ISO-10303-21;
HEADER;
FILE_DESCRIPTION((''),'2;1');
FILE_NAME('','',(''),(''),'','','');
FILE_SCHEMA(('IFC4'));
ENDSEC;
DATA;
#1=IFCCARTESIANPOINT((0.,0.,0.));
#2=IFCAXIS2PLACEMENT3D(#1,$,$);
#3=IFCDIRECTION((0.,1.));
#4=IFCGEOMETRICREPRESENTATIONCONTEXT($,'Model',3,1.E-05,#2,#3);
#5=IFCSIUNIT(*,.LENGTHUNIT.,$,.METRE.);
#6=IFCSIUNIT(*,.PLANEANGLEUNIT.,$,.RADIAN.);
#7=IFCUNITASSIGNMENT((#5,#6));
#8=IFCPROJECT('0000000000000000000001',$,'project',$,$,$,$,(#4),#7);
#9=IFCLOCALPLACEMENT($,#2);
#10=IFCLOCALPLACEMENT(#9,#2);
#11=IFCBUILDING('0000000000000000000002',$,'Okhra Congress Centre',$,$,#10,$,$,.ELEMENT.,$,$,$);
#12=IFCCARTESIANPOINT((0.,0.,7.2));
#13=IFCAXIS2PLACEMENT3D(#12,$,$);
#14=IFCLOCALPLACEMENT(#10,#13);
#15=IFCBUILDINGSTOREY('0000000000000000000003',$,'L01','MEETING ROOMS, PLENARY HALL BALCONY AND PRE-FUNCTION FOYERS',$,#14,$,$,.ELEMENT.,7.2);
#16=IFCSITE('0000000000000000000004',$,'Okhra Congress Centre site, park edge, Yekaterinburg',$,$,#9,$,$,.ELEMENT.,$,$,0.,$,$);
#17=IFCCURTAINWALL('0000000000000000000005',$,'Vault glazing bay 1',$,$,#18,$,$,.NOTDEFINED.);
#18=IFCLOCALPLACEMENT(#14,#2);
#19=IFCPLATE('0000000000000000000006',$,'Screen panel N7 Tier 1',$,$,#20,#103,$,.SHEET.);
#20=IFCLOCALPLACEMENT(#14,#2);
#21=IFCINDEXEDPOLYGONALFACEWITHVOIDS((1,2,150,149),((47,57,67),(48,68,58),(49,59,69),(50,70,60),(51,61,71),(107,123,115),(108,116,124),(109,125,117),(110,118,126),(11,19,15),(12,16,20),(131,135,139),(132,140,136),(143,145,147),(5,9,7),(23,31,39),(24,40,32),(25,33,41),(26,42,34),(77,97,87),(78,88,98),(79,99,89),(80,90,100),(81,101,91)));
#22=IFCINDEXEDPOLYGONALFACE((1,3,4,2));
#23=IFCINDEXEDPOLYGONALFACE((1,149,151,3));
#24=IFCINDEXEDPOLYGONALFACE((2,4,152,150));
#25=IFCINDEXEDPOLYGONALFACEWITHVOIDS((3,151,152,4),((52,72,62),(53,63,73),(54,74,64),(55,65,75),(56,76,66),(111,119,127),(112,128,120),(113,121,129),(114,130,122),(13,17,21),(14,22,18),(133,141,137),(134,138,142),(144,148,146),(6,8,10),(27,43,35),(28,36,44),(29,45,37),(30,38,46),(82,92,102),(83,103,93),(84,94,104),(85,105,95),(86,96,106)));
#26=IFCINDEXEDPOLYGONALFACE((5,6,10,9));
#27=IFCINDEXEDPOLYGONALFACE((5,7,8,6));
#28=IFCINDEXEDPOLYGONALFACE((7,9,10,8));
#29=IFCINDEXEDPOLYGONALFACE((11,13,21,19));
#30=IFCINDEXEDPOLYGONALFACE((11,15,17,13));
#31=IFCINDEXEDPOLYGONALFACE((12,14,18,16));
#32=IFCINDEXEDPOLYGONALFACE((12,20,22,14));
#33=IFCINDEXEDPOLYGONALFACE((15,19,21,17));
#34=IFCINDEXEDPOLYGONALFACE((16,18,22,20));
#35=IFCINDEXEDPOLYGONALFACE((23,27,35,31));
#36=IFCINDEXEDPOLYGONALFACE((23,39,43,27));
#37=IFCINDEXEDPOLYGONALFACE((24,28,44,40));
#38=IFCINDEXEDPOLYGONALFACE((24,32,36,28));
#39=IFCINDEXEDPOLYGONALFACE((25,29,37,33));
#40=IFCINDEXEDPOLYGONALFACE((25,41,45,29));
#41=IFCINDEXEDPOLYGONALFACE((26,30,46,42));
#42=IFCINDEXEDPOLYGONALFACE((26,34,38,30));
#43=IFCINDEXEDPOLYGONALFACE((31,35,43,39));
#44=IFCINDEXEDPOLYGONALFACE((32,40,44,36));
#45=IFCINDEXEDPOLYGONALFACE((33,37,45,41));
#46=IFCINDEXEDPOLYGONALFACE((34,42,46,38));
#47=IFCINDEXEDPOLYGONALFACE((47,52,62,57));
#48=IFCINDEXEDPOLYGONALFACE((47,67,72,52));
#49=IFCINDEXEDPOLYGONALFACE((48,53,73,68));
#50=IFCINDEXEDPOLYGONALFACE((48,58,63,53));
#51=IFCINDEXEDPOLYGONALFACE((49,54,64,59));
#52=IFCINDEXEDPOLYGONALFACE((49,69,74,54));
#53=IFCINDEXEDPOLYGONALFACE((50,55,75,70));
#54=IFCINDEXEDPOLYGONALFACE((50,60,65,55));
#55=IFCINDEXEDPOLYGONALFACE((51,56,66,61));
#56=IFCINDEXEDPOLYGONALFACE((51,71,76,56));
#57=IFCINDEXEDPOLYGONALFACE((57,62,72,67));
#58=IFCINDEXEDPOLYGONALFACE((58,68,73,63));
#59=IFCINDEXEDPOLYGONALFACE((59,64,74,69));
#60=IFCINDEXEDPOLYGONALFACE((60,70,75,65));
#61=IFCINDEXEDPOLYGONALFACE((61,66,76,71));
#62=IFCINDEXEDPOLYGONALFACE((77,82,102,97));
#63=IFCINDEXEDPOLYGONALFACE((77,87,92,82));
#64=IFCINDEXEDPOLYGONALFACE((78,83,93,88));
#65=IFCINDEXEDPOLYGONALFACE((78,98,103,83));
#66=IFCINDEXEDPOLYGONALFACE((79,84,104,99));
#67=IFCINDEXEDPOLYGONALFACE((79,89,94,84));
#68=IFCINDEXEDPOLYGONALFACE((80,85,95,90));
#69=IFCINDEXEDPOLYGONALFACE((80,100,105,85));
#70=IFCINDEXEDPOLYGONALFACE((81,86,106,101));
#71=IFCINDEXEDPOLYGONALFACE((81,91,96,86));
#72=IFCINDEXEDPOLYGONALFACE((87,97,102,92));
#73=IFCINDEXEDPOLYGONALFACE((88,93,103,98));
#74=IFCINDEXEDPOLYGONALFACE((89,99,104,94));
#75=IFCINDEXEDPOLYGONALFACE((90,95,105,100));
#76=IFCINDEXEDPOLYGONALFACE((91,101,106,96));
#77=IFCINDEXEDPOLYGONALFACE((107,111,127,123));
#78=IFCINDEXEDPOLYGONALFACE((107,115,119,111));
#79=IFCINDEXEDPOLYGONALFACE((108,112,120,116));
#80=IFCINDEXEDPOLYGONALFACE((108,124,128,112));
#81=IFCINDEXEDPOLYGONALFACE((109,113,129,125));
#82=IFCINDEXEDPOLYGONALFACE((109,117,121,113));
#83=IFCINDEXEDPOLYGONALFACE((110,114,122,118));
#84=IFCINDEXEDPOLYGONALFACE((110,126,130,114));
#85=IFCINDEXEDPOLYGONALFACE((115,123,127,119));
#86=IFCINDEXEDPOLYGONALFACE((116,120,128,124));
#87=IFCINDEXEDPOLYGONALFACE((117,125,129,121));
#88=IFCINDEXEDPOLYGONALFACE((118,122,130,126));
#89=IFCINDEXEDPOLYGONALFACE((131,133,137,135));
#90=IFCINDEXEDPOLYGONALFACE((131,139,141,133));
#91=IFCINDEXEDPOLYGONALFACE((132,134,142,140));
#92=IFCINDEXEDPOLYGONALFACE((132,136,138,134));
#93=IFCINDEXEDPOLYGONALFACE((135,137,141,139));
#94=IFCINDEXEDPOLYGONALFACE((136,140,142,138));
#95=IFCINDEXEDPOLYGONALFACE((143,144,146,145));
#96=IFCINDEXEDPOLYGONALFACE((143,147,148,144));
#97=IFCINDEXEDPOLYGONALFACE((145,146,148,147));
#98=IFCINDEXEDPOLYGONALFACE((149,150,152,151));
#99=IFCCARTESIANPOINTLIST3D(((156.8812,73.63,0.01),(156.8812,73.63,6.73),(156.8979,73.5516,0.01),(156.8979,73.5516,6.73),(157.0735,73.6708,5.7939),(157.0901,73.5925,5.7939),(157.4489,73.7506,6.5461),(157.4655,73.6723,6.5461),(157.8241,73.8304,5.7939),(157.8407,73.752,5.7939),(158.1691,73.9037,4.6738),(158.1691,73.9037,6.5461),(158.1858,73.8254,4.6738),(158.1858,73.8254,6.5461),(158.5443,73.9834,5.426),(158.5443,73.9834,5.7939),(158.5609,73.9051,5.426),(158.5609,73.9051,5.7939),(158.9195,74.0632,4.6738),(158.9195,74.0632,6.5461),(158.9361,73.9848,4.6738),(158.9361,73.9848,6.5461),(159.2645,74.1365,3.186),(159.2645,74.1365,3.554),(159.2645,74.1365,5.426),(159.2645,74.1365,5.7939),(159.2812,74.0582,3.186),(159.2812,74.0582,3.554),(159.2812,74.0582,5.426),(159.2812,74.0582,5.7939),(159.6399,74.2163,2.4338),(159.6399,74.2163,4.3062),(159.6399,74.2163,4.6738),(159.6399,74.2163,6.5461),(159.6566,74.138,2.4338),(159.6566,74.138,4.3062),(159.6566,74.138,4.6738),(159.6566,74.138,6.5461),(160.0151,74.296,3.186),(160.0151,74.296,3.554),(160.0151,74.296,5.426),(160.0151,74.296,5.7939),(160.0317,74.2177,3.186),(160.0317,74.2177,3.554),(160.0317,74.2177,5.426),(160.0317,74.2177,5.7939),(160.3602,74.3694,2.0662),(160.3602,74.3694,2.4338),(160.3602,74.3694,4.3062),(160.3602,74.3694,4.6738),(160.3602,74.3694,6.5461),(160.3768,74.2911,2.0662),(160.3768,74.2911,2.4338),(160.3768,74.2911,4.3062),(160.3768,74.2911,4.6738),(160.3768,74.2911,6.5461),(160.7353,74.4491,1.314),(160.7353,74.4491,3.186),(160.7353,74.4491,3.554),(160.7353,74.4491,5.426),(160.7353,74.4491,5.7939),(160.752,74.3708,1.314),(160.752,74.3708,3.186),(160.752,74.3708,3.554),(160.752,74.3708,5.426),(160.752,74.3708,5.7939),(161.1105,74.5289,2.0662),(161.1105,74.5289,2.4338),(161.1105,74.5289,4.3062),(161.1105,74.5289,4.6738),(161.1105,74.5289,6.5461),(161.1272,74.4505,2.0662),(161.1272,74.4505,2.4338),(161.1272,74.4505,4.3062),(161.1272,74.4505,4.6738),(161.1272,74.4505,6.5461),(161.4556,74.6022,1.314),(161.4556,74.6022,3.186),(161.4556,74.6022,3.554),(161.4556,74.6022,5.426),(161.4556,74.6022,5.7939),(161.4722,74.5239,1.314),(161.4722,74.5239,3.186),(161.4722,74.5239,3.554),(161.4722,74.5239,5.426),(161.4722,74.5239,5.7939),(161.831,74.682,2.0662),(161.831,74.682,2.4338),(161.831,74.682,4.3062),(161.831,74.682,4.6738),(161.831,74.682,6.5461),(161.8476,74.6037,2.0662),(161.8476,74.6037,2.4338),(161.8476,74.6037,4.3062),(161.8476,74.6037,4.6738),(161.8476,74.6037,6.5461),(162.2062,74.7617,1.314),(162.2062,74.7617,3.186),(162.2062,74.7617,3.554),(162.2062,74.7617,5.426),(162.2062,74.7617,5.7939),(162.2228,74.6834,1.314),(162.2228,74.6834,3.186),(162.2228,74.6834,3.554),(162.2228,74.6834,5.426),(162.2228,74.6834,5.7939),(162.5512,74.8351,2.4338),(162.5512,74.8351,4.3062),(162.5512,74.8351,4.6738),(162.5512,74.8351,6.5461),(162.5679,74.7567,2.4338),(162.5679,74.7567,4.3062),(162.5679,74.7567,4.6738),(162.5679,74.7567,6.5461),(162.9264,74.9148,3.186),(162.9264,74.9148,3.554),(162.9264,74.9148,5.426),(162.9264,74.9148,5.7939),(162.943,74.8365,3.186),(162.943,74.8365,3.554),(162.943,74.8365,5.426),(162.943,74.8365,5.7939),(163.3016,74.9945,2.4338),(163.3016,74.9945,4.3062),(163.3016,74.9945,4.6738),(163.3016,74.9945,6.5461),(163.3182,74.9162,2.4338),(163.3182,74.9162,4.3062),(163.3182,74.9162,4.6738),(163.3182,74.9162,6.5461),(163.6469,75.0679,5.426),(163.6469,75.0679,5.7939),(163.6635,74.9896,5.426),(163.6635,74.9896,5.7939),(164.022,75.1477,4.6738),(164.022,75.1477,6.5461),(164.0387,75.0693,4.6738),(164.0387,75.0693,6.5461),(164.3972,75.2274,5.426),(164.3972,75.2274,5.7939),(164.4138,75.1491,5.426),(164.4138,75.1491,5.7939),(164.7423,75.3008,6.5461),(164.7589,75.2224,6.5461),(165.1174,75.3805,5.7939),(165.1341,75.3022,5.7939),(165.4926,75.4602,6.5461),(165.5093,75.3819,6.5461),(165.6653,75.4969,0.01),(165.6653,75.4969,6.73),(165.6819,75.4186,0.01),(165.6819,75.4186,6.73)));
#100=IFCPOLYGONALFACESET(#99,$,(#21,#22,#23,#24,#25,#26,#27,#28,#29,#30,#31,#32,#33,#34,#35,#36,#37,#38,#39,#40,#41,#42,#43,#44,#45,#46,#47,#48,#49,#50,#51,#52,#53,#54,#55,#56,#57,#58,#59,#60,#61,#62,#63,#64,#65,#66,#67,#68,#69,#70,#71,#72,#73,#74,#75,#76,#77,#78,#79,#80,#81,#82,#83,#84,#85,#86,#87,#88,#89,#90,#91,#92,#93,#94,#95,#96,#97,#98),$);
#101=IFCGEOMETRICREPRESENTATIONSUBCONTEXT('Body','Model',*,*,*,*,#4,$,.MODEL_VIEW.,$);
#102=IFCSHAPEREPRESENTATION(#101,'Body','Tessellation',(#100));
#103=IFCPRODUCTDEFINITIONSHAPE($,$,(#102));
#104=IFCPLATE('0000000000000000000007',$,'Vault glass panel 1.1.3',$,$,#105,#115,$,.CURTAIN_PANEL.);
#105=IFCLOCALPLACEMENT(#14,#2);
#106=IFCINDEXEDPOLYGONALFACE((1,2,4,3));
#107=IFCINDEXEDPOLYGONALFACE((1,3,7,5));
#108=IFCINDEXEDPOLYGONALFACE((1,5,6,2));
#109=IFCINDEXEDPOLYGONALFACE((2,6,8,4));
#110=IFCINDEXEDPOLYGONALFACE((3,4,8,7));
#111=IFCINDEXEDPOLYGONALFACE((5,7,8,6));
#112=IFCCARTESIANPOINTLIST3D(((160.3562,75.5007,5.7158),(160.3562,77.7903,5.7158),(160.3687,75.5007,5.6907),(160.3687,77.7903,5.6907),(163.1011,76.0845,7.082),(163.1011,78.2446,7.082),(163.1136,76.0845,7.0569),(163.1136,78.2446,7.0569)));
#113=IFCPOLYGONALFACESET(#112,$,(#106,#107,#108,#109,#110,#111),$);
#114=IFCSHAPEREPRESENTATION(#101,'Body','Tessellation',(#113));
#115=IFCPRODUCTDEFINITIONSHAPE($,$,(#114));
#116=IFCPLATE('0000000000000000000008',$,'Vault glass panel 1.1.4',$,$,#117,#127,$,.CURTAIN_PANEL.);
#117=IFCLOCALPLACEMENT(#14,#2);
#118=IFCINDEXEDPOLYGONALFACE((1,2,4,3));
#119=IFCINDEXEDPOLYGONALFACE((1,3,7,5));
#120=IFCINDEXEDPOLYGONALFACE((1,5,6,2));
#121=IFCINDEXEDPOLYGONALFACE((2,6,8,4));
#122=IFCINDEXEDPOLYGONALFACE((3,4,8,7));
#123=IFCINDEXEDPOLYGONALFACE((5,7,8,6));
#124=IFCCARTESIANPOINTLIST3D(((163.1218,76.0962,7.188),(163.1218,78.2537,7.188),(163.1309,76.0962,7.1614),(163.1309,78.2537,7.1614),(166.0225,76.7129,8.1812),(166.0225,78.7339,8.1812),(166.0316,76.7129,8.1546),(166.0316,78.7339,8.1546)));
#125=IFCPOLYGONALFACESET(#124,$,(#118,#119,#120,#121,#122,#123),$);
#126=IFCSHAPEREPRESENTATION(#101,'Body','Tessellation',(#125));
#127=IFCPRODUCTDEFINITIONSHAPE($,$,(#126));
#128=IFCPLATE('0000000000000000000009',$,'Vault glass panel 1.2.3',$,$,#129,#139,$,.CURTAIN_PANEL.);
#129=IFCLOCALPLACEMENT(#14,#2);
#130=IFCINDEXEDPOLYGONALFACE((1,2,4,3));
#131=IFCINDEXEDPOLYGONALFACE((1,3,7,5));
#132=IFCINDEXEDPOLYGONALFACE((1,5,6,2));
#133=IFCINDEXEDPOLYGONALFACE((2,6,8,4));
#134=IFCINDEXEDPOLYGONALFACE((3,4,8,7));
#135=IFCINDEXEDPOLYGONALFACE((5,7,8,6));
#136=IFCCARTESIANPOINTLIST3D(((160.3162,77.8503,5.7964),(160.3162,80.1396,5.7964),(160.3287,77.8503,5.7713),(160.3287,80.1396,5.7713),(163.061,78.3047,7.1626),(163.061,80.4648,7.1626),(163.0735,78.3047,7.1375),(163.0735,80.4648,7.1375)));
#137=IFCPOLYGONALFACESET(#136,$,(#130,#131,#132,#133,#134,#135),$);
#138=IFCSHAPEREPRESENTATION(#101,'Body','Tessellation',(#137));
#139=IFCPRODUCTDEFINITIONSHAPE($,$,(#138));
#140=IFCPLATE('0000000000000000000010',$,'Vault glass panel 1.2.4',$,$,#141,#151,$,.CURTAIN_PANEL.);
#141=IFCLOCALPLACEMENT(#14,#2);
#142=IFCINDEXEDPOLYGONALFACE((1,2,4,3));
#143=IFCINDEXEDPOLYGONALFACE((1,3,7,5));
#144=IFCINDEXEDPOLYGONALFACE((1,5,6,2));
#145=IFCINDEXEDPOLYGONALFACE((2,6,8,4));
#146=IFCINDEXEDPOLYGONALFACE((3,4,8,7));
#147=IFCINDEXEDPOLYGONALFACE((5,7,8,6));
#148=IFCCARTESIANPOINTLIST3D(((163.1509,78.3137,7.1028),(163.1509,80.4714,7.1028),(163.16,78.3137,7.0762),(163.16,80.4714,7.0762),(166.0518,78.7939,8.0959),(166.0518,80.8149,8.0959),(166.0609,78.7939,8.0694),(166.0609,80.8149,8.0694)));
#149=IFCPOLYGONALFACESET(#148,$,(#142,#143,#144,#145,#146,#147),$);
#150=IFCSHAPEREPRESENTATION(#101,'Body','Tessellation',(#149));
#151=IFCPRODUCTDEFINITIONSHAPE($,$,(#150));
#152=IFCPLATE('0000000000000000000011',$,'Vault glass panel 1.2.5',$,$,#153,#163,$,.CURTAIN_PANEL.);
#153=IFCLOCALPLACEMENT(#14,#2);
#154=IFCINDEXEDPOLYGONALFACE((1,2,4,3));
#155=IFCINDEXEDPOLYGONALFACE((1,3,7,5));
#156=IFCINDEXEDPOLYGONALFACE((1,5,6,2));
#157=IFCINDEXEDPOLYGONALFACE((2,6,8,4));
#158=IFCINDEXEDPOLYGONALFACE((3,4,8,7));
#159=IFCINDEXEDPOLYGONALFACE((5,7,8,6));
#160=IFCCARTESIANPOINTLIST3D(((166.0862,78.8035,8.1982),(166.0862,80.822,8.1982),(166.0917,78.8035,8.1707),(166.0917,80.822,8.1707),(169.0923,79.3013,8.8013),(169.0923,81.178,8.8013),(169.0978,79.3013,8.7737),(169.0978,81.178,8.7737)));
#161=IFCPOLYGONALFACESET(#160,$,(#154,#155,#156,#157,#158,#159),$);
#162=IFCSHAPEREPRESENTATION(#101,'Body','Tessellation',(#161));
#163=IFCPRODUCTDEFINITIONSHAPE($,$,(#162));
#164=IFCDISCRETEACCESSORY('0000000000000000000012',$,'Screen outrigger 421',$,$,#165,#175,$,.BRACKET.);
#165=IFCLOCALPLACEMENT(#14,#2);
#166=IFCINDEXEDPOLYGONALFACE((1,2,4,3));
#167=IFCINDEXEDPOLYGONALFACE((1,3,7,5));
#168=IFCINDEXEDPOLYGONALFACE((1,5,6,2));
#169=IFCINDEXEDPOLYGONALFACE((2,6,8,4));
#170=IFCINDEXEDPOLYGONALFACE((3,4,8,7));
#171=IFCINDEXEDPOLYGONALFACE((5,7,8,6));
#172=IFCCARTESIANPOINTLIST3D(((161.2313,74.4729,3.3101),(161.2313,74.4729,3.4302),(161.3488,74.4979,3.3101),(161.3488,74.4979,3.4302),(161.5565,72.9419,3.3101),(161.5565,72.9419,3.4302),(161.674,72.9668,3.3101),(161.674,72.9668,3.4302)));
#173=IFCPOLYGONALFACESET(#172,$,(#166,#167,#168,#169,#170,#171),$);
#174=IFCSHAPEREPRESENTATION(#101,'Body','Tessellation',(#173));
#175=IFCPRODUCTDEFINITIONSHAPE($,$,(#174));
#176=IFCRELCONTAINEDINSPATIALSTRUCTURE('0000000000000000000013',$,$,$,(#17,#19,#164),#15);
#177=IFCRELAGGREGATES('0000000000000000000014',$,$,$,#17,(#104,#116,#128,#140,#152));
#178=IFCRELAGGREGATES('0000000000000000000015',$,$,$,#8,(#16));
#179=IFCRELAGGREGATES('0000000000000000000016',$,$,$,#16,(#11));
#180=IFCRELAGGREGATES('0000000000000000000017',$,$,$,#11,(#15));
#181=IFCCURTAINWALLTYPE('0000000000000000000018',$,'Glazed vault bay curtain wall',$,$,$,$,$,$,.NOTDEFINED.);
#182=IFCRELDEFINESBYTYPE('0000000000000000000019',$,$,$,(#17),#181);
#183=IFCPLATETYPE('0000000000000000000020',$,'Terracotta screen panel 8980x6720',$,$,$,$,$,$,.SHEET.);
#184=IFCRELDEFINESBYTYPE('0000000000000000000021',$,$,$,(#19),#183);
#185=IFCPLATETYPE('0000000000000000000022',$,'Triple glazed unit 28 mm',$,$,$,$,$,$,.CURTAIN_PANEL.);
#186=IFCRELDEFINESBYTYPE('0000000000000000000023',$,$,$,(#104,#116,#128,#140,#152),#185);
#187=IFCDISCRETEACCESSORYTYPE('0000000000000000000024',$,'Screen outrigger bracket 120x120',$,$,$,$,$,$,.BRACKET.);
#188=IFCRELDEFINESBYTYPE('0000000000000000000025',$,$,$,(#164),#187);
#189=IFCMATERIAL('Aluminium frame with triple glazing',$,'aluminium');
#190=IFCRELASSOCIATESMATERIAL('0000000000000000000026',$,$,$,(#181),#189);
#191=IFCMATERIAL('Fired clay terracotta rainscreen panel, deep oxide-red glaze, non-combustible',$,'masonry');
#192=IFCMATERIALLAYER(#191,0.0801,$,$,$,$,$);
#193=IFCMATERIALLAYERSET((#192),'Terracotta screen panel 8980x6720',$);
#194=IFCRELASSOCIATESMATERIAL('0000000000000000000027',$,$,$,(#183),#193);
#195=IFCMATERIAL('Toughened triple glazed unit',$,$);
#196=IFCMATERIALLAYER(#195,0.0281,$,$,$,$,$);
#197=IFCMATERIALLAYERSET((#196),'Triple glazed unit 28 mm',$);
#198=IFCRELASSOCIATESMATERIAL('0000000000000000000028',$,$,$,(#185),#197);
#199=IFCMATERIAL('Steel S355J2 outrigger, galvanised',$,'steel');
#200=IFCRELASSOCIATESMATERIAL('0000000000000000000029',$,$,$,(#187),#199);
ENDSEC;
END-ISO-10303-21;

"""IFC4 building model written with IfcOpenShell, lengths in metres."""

from ifc_helpers import new_model, si_unit, direction, frame, origin, origin_2d, place, context, subcontext, project, spatial, polyline, rectangle, outline, extrude, material, layer, layer_set, material_profile, profile_set, type_object, element, aggregate, save


model = new_model("IFC4")

# Units and contexts
model_context = context("Model", 3, precision=1e-05, world=origin(), true_north=direction((0.0, 1.0)))
body_context = subcontext(model_context, "Body", "Model", "MODEL_VIEW")
ifc_project = project(units=[si_unit("LENGTHUNIT", "METRE"), si_unit("PLANEANGLEUNIT", "RADIAN")], contexts=[model_context])

# Site, building, storey
site_placement = place(None, origin())
site = spatial("IfcSite", under=ifc_project, at=site_placement, Name="Okhra Congress Centre site, park edge, Yekaterinburg", CompositionType="ELEMENT", RefElevation=0.0)
building_placement = place(site_placement, origin())
building = spatial("IfcBuilding", under=site, at=building_placement, Name="Okhra Congress Centre", CompositionType="ELEMENT")
storey_placement = place(building_placement, frame((0.0, 0.0, 7.2)))
storey = spatial("IfcBuildingStorey", under=building, at=storey_placement, Name="L01", Description="MEETING ROOMS, PLENARY HALL BALCONY AND PRE-FUNCTION FOYERS", CompositionType="ELEMENT", Elevation=7.2)

# Curtain wall
ifc_material_1 = material(Name="Aluminium frame with triple glazing", Category="aluminium")
curtain_wall_type = type_object("IfcCurtainWallType", Name="Glazed vault bay curtain wall", PredefinedType="NOTDEFINED", material=ifc_material_1)
curtain_wall_placement = place(storey_placement, origin())
curtain_wall = element("IfcCurtainWall", 1, at=curtain_wall_placement, inside=storey, type_object=curtain_wall_type, Name="Vault glazing bay 1", PredefinedType="NOTDEFINED")

# Plates
ifc_material_2 = material(Name="Fired clay terracotta rainscreen panel, deep oxide-red glaze, non-combustible", Category="masonry")
ifc_layer_1 = layer(ifc_material_2, 0.0801)
ifc_layer_set_1 = layer_set([ifc_layer_1], Name="Terracotta screen panel 8980x6720")
plate_type_1 = type_object("IfcPlateType", Name="Terracotta screen panel 8980x6720", PredefinedType="SHEET", material=ifc_layer_set_1)
plate_1_placement = place(storey_placement, frame((165.6736, 75.4578, 0.01), z_axis=(0.0, 0.0, 1.0), x_axis=(-0.978151, -0.207897, 0.0)))
element("IfcPlate", 2, at=plate_1_placement, inside=storey, type_object=plate_type_1, Name="Screen panel N7 Tier 1", PredefinedType="SHEET", context=body_context, shape_type="SweptSolid", body=[
    extrude(outline(polyline([(0.0, 0.0), (8.9802, 0.0), (8.9802, 6.72), (0.0, 6.72), (0.0, 0.0)]), holes=[polyline([(3.5364, 1.304), (4.3037, 1.304), (3.9199, 2.0562), (3.5364, 1.304)]), polyline([(4.6565, 2.0562), (5.04, 1.304), (5.4236, 2.0562), (4.6565, 2.0562)]), polyline([(2.4165, 2.4238), (3.1836, 2.4238), (2.8, 3.176), (2.4165, 2.4238)]), polyline([(3.5364, 3.176), (3.9199, 2.4238), (4.3037, 3.176), (3.5364, 3.176)]), polyline([(4.6565, 2.4238), (5.4236, 2.4238), (5.04, 3.176), (4.6565, 2.4238)]), polyline([(5.7764, 3.176), (6.1599, 2.4238), (6.5437, 3.176), (5.7764, 3.176)]), polyline([(2.4165, 4.2961), (2.8, 3.5439), (3.1836, 4.2961), (2.4165, 4.2961)]), polyline([(3.5364, 3.5439), (4.3037, 3.5439), (3.9199, 4.2961), (3.5364, 3.5439)]), polyline([(4.6565, 4.2961), (5.04, 3.5439), (5.4236, 4.2961), (4.6565, 4.2961)]), polyline([(5.7764, 3.5439), (6.5437, 3.5439), (6.1599, 4.2961), (5.7764, 3.5439)]), polyline([(1.2964, 5.416), (1.6799, 4.6638), (2.0635, 5.416), (1.2964, 5.416)]), polyline([(2.4165, 4.6638), (3.1836, 4.6638), (2.8, 5.416), (2.4165, 4.6638)]), polyline([(3.5364, 5.416), (3.9199, 4.6638), (4.3037, 5.416), (3.5364, 5.416)]), polyline([(4.6565, 4.6638), (5.4236, 4.6638), (5.04, 5.416), (4.6565, 4.6638)]), polyline([(5.7764, 5.416), (6.1599, 4.6638), (6.5437, 5.416), (5.7764, 5.416)]), polyline([(6.8965, 4.6638), (7.6636, 4.6638), (7.28, 5.416), (6.8965, 4.6638)]), polyline([(0.1765, 6.5361), (0.5601, 5.7839), (0.9436, 6.5361), (0.1765, 6.5361)]), polyline([(1.2964, 5.7839), (2.0635, 5.7839), (1.6799, 6.5361), (1.2964, 5.7839)]), polyline([(2.4165, 6.5361), (2.8, 5.7839), (3.1836, 6.5361), (2.4165, 6.5361)]), polyline([(3.5364, 5.7839), (4.3037, 5.7839), (3.9199, 6.5361), (3.5364, 5.7839)]), polyline([(4.6565, 6.5361), (5.04, 5.7839), (5.4236, 6.5361), (4.6565, 6.5361)]), polyline([(5.7764, 5.7839), (6.5437, 5.7839), (6.1599, 6.5361), (5.7764, 5.7839)]), polyline([(6.8965, 6.5361), (7.28, 5.7839), (7.6636, 6.5361), (6.8965, 6.5361)]), polyline([(8.0164, 5.7839), (8.7837, 5.7839), (8.3999, 6.5361), (8.0164, 5.7839)])]), frame((0.0, 0.04, 0.0), z_axis=(0.0, -1.0, 0.0), x_axis=(1.0, 0.0, 0.0)), (0.0, 0.0, 1.0), 0.0801),
])
ifc_material_3 = material(Name="Toughened triple glazed unit")
ifc_layer_2 = layer(ifc_material_3, 0.0281)
ifc_layer_set_2 = layer_set([ifc_layer_2], Name="Triple glazed unit 28 mm")
plate_type_2 = type_object("IfcPlateType", Name="Triple glazed unit 28 mm", PredefinedType="CURTAIN_PANEL", material=ifc_layer_set_2)
plate_2_placement = place(storey_placement, frame((160.3562, 75.5007, 5.7158), z_axis=(-0.445588, 0.0, 0.895238), x_axis=(0.879441, 0.187027, 0.437726)))
plate_2 = element("IfcPlate", 3, at=plate_2_placement, type_object=plate_type_2, Name="Vault glass panel 1.1.3", PredefinedType="CURTAIN_PANEL", context=body_context, shape_type="SweptSolid", body=[
    extrude(outline(polyline([(0.0, 0.0), (3.1212, 0.0), (3.5252, 2.122), (0.4282, 2.2492), (0.0, 0.0)])), origin(), (0.0, 0.0, -1.0), 0.0281),
])
plate_3_placement = place(storey_placement, frame((163.1218, 76.0962, 7.188), z_axis=(-0.323933, 0.0, 0.94608), x_axis=(0.927503, 0.197195, 0.317573)))
plate_3 = element("IfcPlate", 4, at=plate_3_placement, type_object=plate_type_2, Name="Vault glass panel 1.1.4", PredefinedType="CURTAIN_PANEL", context=body_context, shape_type="SweptSolid", body=[
    extrude(outline(polyline([(0.0, 0.0), (3.1274, 0.0), (3.5259, 1.9813), (0.4254, 2.1151), (0.0, 0.0)])), origin(), (0.0, 0.0, -1.0), 0.0281),
])
plate_4_placement = place(storey_placement, frame((160.3162, 77.8503, 5.7964), z_axis=(-0.445588, 0.0, 0.895238), x_axis=(0.885568, 0.146584, 0.440775)))
plate_4 = element("IfcPlate", 5, at=plate_4_placement, type_object=plate_type_2, Name="Vault glass panel 1.2.3", PredefinedType="CURTAIN_PANEL", context=body_context, shape_type="SweptSolid", body=[
    extrude(outline(polyline([(0.0, 0.0), (3.0996, 0.0), (3.4162, 2.1368), (0.3356, 2.2646), (0.0, 0.0)])), origin(), (0.0, 0.0, -1.0), 0.0281),
])
plate_5_placement = place(storey_placement, frame((163.1509, 78.3137, 7.1028), z_axis=(-0.323909, 0.0, 0.946088), x_axis=(0.934694, 0.154733, 0.320008)))
plate_5 = element("IfcPlate", 6, at=plate_5_placement, type_object=plate_type_2, Name="Vault glass panel 1.2.4", PredefinedType="CURTAIN_PANEL", context=body_context, shape_type="SweptSolid", body=[
    extrude(outline(polyline([(0.0, 0.0), (3.1036, 0.0), (3.4163, 1.9967), (0.3339, 2.1317), (0.0, 0.0)])), origin(), (0.0, 0.0, -1.0), 0.0281),
])
plate_6_placement = place(storey_placement, frame((166.0862, 78.8035, 8.1982), z_axis=(-0.196683, 0.0, 0.980467), x_axis=(0.967794, 0.160264, 0.19414)))
plate_6 = element("IfcPlate", 7, at=plate_6_placement, type_object=plate_type_2, Name="Vault glass panel 1.2.5", PredefinedType="CURTAIN_PANEL", context=body_context, shape_type="SweptSolid", body=[
    extrude(outline(polyline([(0.0, 0.0), (3.1061, 0.0), (3.4069, 1.8525), (0.3235, 1.9925), (0.0, 0.0)])), origin(), (0.0, 0.0, -1.0), 0.0281),
])
aggregate(curtain_wall, [plate_2, plate_3, plate_4, plate_5, plate_6])

# Discrete accessory
ifc_material_4 = material(Name="Steel S355J2 outrigger, galvanised", Category="steel")
ifc_material_profile_1 = material_profile(ifc_material_4, rectangle(XDim=0.1201, YDim=0.1201, at=origin_2d()), Name="Screen outrigger bracket 120x120")
ifc_profile_set_1 = profile_set([ifc_material_profile_1], Name="Steel S355J2 outrigger, galvanised")
discrete_accessory_type_1 = type_object("IfcDiscreteAccessoryType", Name="Screen outrigger bracket 120x120", PredefinedType="BRACKET", material=ifc_profile_set_1)
discrete_accessory_1_placement = place(storey_placement, frame((161.6152, 72.9543, 3.3701), z_axis=(-0.207771, 0.978177, 0.0), x_axis=(-0.978177, -0.207771, 0.0)))
element("IfcDiscreteAccessory", 8, at=discrete_accessory_1_placement, inside=storey, type_object=discrete_accessory_type_1, Name="Screen outrigger 421", PredefinedType="BRACKET", context=body_context, shape_type="SweptSolid", body=[
    extrude(rectangle(XDim=0.1201, YDim=0.1201, at=origin_2d()), origin(), (0.0, 0.0, 1.0), 1.5652),
])

save(model, "model.ifc")
